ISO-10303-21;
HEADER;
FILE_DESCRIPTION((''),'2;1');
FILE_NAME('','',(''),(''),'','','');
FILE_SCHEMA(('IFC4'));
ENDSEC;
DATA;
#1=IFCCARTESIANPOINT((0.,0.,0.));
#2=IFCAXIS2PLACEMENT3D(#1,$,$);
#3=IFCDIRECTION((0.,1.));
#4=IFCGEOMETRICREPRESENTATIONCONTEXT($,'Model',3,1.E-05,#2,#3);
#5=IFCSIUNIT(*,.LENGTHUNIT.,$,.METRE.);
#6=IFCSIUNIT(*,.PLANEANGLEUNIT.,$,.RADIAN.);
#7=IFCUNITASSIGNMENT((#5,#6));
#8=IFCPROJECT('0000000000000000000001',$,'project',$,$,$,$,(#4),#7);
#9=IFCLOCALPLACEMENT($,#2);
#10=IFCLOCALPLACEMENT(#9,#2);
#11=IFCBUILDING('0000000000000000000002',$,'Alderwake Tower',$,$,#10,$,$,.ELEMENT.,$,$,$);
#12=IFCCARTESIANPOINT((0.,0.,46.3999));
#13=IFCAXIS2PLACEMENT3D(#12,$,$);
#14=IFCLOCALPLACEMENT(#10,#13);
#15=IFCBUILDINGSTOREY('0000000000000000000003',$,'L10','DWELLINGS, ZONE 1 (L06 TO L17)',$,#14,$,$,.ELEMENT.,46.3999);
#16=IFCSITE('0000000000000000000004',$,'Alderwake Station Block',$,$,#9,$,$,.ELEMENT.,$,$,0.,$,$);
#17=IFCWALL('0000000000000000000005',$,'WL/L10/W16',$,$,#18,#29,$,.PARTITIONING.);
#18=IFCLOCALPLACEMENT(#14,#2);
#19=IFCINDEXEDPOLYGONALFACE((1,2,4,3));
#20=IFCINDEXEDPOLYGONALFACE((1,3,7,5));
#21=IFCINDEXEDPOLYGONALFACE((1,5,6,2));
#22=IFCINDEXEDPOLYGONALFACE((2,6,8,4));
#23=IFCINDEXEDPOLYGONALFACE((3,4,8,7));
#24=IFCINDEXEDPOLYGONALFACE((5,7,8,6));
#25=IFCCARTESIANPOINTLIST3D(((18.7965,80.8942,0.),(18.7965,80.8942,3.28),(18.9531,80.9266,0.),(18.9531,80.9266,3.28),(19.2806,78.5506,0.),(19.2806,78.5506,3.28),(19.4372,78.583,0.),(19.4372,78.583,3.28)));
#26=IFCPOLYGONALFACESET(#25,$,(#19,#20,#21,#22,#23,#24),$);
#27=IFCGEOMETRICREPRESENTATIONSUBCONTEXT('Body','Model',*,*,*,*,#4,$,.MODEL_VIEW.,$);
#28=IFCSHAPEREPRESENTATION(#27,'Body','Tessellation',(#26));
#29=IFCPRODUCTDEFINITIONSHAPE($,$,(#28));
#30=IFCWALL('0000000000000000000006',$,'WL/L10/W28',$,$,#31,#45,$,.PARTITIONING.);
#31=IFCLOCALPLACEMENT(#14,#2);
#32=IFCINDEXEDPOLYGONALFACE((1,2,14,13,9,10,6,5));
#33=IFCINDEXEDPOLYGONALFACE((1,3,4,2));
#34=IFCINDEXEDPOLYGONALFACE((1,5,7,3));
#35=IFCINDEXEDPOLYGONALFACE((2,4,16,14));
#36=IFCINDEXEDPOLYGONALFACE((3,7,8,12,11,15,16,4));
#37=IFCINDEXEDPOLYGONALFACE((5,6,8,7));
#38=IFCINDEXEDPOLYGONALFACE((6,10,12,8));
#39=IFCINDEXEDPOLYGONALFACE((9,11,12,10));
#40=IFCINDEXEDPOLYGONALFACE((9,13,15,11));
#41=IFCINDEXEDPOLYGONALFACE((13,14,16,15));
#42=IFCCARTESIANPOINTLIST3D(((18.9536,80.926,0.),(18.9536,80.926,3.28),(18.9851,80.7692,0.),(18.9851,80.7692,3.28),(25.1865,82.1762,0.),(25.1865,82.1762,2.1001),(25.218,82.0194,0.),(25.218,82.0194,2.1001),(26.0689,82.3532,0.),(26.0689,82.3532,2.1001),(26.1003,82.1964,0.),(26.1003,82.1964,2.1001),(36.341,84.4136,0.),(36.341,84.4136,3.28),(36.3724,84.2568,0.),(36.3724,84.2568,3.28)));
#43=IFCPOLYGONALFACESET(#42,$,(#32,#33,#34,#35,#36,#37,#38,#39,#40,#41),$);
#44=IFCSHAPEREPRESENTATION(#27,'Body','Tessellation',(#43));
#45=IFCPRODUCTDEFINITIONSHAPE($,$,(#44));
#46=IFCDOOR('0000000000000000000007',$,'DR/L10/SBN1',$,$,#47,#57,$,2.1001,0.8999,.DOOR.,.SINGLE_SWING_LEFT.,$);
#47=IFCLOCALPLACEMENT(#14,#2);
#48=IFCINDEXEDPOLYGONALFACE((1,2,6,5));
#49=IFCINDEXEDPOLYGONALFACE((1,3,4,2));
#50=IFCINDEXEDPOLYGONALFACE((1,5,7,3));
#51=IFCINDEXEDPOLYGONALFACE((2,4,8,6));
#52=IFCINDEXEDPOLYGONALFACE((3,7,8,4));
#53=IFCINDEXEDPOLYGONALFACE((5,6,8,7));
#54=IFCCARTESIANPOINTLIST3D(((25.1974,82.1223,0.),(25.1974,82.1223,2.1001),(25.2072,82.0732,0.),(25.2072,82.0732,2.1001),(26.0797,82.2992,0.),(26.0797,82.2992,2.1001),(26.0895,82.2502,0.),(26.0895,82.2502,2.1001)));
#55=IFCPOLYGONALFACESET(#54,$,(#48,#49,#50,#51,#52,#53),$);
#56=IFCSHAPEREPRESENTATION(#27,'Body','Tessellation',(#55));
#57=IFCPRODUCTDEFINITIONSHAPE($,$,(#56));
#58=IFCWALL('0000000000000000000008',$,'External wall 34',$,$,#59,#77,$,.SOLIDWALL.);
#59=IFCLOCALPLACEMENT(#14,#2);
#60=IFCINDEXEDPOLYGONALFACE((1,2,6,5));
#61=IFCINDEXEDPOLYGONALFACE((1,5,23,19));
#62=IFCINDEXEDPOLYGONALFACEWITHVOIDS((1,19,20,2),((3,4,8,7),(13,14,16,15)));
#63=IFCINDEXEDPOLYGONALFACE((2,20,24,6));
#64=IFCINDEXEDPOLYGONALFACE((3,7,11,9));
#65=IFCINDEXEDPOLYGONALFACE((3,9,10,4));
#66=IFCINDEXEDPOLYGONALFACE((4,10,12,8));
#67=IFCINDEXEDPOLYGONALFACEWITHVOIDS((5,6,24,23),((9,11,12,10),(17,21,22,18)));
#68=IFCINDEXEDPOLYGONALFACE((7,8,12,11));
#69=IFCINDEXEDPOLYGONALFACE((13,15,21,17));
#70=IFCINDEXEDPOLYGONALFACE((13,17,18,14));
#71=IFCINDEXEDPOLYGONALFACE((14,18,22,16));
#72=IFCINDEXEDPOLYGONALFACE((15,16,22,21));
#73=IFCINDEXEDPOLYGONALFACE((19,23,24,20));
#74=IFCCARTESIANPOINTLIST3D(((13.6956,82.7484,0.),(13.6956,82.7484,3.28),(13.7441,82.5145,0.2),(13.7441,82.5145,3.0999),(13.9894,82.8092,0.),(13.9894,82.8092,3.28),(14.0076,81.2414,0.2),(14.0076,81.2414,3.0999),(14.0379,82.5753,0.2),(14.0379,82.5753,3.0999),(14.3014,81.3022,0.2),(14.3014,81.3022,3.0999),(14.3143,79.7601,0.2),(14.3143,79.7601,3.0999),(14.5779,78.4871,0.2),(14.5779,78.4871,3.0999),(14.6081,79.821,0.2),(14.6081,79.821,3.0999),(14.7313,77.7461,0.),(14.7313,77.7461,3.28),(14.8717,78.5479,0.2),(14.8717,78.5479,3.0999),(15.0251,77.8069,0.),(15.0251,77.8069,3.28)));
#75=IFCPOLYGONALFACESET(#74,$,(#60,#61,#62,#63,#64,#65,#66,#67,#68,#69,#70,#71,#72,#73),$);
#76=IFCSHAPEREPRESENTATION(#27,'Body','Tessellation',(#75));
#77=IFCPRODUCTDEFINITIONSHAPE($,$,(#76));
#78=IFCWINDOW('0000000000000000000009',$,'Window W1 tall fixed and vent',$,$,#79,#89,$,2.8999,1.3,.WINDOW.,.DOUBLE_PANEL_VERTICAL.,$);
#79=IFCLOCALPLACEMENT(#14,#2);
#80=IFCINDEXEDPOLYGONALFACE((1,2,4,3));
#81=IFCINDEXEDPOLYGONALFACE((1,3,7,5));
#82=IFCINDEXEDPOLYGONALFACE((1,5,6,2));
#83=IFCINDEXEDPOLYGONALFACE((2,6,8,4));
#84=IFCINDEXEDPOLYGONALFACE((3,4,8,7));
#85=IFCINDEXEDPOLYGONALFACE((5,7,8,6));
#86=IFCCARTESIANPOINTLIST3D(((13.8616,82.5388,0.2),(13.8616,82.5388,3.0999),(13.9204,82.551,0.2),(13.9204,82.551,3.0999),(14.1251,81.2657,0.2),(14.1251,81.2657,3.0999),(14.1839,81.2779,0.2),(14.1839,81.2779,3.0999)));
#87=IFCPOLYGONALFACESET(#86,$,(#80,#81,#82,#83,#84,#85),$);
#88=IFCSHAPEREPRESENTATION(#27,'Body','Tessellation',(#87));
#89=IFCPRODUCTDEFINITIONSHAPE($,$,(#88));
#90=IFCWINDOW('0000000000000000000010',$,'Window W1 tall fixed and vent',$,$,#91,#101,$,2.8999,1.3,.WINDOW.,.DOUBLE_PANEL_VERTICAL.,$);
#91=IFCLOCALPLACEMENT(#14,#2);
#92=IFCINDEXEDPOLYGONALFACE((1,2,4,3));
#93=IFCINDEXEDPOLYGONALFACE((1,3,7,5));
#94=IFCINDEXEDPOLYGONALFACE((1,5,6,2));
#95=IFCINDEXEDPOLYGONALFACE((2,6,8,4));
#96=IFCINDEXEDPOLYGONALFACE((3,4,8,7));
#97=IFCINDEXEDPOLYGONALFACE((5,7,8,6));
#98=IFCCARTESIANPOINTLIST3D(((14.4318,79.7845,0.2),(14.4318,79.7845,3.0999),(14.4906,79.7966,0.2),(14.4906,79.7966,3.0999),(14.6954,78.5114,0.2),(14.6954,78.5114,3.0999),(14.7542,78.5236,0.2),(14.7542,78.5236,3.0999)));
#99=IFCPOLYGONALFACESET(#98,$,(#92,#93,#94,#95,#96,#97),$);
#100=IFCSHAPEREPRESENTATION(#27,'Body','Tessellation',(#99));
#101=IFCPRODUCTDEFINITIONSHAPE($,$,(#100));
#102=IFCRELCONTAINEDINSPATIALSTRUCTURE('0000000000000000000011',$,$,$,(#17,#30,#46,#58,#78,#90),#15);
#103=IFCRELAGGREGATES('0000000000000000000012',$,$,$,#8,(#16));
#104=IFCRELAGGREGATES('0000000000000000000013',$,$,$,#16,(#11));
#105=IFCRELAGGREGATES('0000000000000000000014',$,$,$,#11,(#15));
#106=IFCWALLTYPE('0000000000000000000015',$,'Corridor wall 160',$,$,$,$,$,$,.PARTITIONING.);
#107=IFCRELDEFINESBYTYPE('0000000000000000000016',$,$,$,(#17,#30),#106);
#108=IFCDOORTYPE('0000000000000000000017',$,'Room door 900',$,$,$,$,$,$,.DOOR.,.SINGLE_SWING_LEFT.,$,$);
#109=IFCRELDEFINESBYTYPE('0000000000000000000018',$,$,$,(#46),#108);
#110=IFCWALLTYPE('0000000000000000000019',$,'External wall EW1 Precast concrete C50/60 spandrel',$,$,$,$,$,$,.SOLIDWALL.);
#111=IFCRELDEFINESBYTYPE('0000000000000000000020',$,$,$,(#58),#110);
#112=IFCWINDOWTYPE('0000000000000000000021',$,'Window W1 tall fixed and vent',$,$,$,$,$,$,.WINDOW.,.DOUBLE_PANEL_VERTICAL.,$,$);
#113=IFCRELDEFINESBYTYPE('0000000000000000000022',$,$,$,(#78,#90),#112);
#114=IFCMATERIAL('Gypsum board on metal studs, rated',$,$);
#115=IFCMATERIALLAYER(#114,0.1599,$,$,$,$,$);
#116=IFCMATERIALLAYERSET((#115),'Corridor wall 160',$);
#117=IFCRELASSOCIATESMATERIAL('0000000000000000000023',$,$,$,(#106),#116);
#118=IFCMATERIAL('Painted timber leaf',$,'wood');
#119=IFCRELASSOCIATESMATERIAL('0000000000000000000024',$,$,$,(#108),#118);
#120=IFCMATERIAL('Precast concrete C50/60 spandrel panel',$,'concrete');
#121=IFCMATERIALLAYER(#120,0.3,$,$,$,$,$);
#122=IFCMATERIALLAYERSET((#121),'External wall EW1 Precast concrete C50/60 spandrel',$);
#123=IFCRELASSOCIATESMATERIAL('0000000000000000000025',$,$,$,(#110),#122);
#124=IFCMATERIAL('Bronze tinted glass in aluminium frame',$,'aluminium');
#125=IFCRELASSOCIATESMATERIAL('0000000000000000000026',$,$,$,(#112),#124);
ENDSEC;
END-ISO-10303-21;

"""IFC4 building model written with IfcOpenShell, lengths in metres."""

from ifc_helpers import new_model, si_unit, direction, frame, frame_2d, origin, place, context, subcontext, project, spatial, rectangle, extrude, material, layer, layer_set, type_object, element, fill, save


model = new_model("IFC4")

# Units and contexts
model_context = context("Model", 3, precision=1e-05, world=origin(), true_north=direction((0.0, 1.0)))
body_context = subcontext(model_context, "Body", "Model", "MODEL_VIEW")
ifc_project = project(units=[si_unit("LENGTHUNIT", "METRE"), si_unit("PLANEANGLEUNIT", "RADIAN")], contexts=[model_context])

# Site, building, storey
site_placement = place(None, origin())
site = spatial("IfcSite", under=ifc_project, at=site_placement, Name="Alderwake Station Block", CompositionType="ELEMENT", RefElevation=0.0)
building_placement = place(site_placement, origin())
building = spatial("IfcBuilding", under=site, at=building_placement, Name="Alderwake Tower", CompositionType="ELEMENT")
storey_placement = place(building_placement, frame((0.0, 0.0, 46.3999)))
storey = spatial("IfcBuildingStorey", under=building, at=storey_placement, Name="L10", Description="DWELLINGS, ZONE 1 (L06 TO L17)", CompositionType="ELEMENT", Elevation=46.3999)

# Wall
ifc_material_1 = material(Name="Gypsum board on metal studs, rated")
ifc_layer_1 = layer(ifc_material_1, 0.1599)
ifc_layer_set_1 = layer_set([ifc_layer_1], Name="Corridor wall 160")
wall_type_1 = type_object("IfcWallType", Name="Corridor wall 160", PredefinedType="PARTITIONING", material=ifc_layer_set_1)
wall_1_placement = place(storey_placement, frame((18.8748, 80.9104, 0.0), z_axis=(0.0, 0.0, 1.0), x_axis=(0.202312, -0.979321, 0.0)))
element("IfcWall", 1, at=wall_1_placement, inside=storey, type_object=wall_type_1, Name="WL/L10/W16", PredefinedType="PARTITIONING", context=body_context, shape_type="SweptSolid", body=[
    extrude(rectangle(XDim=2.3931, YDim=0.1599, at=frame_2d((1.1965, 0.0))), origin(), (0.0, 0.0, 1.0), 3.28),
])

# Wall, opening, door
wall_2_placement = place(storey_placement, frame((18.9695, 80.8477, 0.0), z_axis=(0.0, 0.0, 1.0), x_axis=(0.980471, 0.196664, 0.0)))
wall_2 = element("IfcWall", 2, at=wall_2_placement, inside=storey, type_object=wall_type_1, Name="WL/L10/W28", PredefinedType="PARTITIONING", context=body_context, shape_type="SweptSolid", body=[
    extrude(rectangle(XDim=17.7336, YDim=0.1599, at=frame_2d((8.8667, 0.0))), origin(), (0.0, 0.0, 1.0), 3.28),
])
opening_1_placement = place(wall_2_placement, frame((6.3569, 0.0, 0.0)))
opening_1 = element("IfcOpeningElement", 3, at=opening_1_placement, cuts=wall_2, PredefinedType="OPENING", context=body_context, shape_type="SweptSolid", body=[
    extrude(rectangle(XDim=0.8999, YDim=2.1001, at=frame_2d((0.45, 1.05))), frame((0.0, 0.0898, 0.0), z_axis=(0.0, -1.0, 0.0), x_axis=(1.0, 0.0, 0.0)), (0.0, 0.0, 1.0), 0.1799),
])
ifc_material_2 = material(Name="Painted timber leaf", Category="wood")
door_type_1 = type_object("IfcDoorType", Name="Room door 900", OperationType="SINGLE_SWING_LEFT", PredefinedType="DOOR", material=ifc_material_2)
door_1_placement = place(opening_1_placement, origin())
door_1 = element("IfcDoor", 4, at=door_1_placement, inside=storey, type_object=door_type_1, Name="DR/L10/SBN1", OperationType="SINGLE_SWING_LEFT", OverallHeight=2.1001, OverallWidth=0.8999, PredefinedType="DOOR", context=body_context, shape_type="SweptSolid", body=[
    extrude(rectangle(XDim=0.8999, YDim=2.1001, at=frame_2d((0.45, 1.05))), frame((0.0, 0.0249, 0.0), z_axis=(0.0, -1.0, 0.0), x_axis=(1.0, 0.0, 0.0)), (0.0, 0.0, 1.0), 0.05),
])
fill(opening_1, door_1)

# Wall, openings, windows
ifc_material_3 = material(Name="Precast concrete C50/60 spandrel panel", Category="concrete")
ifc_layer_2 = layer(ifc_material_3, 0.3)
ifc_layer_set_2 = layer_set([ifc_layer_2], Name="External wall EW1 Precast concrete C50/60 spandrel")
wall_type_2 = type_object("IfcWallType", Name="External wall EW1 Precast concrete C50/60 spandrel", PredefinedType="SOLIDWALL", material=ifc_layer_set_2)
wall_3_placement = place(storey_placement, frame((13.8425, 82.7788, 0.0), z_axis=(0.0, 0.0, 1.0), x_axis=(0.202738, -0.979233, 0.0)))
wall_3 = element("IfcWall", 5, at=wall_3_placement, inside=storey, type_object=wall_type_2, Name="External wall 34", PredefinedType="SOLIDWALL", context=body_context, shape_type="SweptSolid", body=[
    extrude(rectangle(XDim=5.1084, YDim=0.3, at=frame_2d((2.5542, 0.0))), origin(), (0.0, 0.0, 1.0), 3.28),
])
opening_2_placement = place(wall_3_placement, frame((0.239, 0.0, 0.2)))
opening_2 = element("IfcOpeningElement", 6, at=opening_2_placement, cuts=wall_3, PredefinedType="OPENING", context=body_context, shape_type="SweptSolid", body=[
    extrude(rectangle(XDim=1.3, YDim=2.8999, at=frame_2d((0.6499, 1.45))), frame((0.0, 0.1599, 0.0), z_axis=(0.0, -1.0, 0.0), x_axis=(1.0, 0.0, 0.0)), (0.0, 0.0, 1.0), 0.3201),
])
opening_3_placement = place(wall_3_placement, frame((3.0518, 0.0, 0.2)))
opening_3 = element("IfcOpeningElement", 7, at=opening_3_placement, cuts=wall_3, PredefinedType="OPENING", context=body_context, shape_type="SweptSolid", body=[
    extrude(rectangle(XDim=1.3, YDim=2.8999, at=frame_2d((0.6499, 1.45))), frame((0.0, 0.1599, 0.0), z_axis=(0.0, -1.0, 0.0), x_axis=(1.0, 0.0, 0.0)), (0.0, 0.0, 1.0), 0.3201),
])
ifc_material_4 = material(Name="Bronze tinted glass in aluminium frame", Category="aluminium")
window_type = type_object("IfcWindowType", Name="Window W1 tall fixed and vent", PartitioningType="DOUBLE_PANEL_VERTICAL", PredefinedType="WINDOW", material=ifc_material_4)
window_1_placement = place(opening_2_placement, origin())
window_1 = element("IfcWindow", 8, at=window_1_placement, inside=storey, type_object=window_type, Name="Window W1 tall fixed and vent", OverallHeight=2.8999, OverallWidth=1.3, PartitioningType="DOUBLE_PANEL_VERTICAL", PredefinedType="WINDOW", context=body_context, shape_type="SweptSolid", body=[
    extrude(rectangle(XDim=1.3, YDim=2.8999, at=frame_2d((0.6499, 1.45))), frame((0.0, 0.03, 0.0), z_axis=(0.0, -1.0, 0.0), x_axis=(1.0, 0.0, 0.0)), (0.0, 0.0, 1.0), 0.0601),
])
fill(opening_2, window_1)
window_2_placement = place(opening_3_placement, origin())
window_2 = element("IfcWindow", 9, at=window_2_placement, inside=storey, type_object=window_type, Name="Window W1 tall fixed and vent", OverallHeight=2.8999, OverallWidth=1.3, PartitioningType="DOUBLE_PANEL_VERTICAL", PredefinedType="WINDOW", context=body_context, shape_type="SweptSolid", body=[
    extrude(rectangle(XDim=1.3, YDim=2.8999, at=frame_2d((0.6499, 1.45))), frame((0.0, 0.03, 0.0), z_axis=(0.0, -1.0, 0.0), x_axis=(1.0, 0.0, 0.0)), (0.0, 0.0, 1.0), 0.0601),
])
fill(opening_3, window_2)

save(model, "model.ifc")
